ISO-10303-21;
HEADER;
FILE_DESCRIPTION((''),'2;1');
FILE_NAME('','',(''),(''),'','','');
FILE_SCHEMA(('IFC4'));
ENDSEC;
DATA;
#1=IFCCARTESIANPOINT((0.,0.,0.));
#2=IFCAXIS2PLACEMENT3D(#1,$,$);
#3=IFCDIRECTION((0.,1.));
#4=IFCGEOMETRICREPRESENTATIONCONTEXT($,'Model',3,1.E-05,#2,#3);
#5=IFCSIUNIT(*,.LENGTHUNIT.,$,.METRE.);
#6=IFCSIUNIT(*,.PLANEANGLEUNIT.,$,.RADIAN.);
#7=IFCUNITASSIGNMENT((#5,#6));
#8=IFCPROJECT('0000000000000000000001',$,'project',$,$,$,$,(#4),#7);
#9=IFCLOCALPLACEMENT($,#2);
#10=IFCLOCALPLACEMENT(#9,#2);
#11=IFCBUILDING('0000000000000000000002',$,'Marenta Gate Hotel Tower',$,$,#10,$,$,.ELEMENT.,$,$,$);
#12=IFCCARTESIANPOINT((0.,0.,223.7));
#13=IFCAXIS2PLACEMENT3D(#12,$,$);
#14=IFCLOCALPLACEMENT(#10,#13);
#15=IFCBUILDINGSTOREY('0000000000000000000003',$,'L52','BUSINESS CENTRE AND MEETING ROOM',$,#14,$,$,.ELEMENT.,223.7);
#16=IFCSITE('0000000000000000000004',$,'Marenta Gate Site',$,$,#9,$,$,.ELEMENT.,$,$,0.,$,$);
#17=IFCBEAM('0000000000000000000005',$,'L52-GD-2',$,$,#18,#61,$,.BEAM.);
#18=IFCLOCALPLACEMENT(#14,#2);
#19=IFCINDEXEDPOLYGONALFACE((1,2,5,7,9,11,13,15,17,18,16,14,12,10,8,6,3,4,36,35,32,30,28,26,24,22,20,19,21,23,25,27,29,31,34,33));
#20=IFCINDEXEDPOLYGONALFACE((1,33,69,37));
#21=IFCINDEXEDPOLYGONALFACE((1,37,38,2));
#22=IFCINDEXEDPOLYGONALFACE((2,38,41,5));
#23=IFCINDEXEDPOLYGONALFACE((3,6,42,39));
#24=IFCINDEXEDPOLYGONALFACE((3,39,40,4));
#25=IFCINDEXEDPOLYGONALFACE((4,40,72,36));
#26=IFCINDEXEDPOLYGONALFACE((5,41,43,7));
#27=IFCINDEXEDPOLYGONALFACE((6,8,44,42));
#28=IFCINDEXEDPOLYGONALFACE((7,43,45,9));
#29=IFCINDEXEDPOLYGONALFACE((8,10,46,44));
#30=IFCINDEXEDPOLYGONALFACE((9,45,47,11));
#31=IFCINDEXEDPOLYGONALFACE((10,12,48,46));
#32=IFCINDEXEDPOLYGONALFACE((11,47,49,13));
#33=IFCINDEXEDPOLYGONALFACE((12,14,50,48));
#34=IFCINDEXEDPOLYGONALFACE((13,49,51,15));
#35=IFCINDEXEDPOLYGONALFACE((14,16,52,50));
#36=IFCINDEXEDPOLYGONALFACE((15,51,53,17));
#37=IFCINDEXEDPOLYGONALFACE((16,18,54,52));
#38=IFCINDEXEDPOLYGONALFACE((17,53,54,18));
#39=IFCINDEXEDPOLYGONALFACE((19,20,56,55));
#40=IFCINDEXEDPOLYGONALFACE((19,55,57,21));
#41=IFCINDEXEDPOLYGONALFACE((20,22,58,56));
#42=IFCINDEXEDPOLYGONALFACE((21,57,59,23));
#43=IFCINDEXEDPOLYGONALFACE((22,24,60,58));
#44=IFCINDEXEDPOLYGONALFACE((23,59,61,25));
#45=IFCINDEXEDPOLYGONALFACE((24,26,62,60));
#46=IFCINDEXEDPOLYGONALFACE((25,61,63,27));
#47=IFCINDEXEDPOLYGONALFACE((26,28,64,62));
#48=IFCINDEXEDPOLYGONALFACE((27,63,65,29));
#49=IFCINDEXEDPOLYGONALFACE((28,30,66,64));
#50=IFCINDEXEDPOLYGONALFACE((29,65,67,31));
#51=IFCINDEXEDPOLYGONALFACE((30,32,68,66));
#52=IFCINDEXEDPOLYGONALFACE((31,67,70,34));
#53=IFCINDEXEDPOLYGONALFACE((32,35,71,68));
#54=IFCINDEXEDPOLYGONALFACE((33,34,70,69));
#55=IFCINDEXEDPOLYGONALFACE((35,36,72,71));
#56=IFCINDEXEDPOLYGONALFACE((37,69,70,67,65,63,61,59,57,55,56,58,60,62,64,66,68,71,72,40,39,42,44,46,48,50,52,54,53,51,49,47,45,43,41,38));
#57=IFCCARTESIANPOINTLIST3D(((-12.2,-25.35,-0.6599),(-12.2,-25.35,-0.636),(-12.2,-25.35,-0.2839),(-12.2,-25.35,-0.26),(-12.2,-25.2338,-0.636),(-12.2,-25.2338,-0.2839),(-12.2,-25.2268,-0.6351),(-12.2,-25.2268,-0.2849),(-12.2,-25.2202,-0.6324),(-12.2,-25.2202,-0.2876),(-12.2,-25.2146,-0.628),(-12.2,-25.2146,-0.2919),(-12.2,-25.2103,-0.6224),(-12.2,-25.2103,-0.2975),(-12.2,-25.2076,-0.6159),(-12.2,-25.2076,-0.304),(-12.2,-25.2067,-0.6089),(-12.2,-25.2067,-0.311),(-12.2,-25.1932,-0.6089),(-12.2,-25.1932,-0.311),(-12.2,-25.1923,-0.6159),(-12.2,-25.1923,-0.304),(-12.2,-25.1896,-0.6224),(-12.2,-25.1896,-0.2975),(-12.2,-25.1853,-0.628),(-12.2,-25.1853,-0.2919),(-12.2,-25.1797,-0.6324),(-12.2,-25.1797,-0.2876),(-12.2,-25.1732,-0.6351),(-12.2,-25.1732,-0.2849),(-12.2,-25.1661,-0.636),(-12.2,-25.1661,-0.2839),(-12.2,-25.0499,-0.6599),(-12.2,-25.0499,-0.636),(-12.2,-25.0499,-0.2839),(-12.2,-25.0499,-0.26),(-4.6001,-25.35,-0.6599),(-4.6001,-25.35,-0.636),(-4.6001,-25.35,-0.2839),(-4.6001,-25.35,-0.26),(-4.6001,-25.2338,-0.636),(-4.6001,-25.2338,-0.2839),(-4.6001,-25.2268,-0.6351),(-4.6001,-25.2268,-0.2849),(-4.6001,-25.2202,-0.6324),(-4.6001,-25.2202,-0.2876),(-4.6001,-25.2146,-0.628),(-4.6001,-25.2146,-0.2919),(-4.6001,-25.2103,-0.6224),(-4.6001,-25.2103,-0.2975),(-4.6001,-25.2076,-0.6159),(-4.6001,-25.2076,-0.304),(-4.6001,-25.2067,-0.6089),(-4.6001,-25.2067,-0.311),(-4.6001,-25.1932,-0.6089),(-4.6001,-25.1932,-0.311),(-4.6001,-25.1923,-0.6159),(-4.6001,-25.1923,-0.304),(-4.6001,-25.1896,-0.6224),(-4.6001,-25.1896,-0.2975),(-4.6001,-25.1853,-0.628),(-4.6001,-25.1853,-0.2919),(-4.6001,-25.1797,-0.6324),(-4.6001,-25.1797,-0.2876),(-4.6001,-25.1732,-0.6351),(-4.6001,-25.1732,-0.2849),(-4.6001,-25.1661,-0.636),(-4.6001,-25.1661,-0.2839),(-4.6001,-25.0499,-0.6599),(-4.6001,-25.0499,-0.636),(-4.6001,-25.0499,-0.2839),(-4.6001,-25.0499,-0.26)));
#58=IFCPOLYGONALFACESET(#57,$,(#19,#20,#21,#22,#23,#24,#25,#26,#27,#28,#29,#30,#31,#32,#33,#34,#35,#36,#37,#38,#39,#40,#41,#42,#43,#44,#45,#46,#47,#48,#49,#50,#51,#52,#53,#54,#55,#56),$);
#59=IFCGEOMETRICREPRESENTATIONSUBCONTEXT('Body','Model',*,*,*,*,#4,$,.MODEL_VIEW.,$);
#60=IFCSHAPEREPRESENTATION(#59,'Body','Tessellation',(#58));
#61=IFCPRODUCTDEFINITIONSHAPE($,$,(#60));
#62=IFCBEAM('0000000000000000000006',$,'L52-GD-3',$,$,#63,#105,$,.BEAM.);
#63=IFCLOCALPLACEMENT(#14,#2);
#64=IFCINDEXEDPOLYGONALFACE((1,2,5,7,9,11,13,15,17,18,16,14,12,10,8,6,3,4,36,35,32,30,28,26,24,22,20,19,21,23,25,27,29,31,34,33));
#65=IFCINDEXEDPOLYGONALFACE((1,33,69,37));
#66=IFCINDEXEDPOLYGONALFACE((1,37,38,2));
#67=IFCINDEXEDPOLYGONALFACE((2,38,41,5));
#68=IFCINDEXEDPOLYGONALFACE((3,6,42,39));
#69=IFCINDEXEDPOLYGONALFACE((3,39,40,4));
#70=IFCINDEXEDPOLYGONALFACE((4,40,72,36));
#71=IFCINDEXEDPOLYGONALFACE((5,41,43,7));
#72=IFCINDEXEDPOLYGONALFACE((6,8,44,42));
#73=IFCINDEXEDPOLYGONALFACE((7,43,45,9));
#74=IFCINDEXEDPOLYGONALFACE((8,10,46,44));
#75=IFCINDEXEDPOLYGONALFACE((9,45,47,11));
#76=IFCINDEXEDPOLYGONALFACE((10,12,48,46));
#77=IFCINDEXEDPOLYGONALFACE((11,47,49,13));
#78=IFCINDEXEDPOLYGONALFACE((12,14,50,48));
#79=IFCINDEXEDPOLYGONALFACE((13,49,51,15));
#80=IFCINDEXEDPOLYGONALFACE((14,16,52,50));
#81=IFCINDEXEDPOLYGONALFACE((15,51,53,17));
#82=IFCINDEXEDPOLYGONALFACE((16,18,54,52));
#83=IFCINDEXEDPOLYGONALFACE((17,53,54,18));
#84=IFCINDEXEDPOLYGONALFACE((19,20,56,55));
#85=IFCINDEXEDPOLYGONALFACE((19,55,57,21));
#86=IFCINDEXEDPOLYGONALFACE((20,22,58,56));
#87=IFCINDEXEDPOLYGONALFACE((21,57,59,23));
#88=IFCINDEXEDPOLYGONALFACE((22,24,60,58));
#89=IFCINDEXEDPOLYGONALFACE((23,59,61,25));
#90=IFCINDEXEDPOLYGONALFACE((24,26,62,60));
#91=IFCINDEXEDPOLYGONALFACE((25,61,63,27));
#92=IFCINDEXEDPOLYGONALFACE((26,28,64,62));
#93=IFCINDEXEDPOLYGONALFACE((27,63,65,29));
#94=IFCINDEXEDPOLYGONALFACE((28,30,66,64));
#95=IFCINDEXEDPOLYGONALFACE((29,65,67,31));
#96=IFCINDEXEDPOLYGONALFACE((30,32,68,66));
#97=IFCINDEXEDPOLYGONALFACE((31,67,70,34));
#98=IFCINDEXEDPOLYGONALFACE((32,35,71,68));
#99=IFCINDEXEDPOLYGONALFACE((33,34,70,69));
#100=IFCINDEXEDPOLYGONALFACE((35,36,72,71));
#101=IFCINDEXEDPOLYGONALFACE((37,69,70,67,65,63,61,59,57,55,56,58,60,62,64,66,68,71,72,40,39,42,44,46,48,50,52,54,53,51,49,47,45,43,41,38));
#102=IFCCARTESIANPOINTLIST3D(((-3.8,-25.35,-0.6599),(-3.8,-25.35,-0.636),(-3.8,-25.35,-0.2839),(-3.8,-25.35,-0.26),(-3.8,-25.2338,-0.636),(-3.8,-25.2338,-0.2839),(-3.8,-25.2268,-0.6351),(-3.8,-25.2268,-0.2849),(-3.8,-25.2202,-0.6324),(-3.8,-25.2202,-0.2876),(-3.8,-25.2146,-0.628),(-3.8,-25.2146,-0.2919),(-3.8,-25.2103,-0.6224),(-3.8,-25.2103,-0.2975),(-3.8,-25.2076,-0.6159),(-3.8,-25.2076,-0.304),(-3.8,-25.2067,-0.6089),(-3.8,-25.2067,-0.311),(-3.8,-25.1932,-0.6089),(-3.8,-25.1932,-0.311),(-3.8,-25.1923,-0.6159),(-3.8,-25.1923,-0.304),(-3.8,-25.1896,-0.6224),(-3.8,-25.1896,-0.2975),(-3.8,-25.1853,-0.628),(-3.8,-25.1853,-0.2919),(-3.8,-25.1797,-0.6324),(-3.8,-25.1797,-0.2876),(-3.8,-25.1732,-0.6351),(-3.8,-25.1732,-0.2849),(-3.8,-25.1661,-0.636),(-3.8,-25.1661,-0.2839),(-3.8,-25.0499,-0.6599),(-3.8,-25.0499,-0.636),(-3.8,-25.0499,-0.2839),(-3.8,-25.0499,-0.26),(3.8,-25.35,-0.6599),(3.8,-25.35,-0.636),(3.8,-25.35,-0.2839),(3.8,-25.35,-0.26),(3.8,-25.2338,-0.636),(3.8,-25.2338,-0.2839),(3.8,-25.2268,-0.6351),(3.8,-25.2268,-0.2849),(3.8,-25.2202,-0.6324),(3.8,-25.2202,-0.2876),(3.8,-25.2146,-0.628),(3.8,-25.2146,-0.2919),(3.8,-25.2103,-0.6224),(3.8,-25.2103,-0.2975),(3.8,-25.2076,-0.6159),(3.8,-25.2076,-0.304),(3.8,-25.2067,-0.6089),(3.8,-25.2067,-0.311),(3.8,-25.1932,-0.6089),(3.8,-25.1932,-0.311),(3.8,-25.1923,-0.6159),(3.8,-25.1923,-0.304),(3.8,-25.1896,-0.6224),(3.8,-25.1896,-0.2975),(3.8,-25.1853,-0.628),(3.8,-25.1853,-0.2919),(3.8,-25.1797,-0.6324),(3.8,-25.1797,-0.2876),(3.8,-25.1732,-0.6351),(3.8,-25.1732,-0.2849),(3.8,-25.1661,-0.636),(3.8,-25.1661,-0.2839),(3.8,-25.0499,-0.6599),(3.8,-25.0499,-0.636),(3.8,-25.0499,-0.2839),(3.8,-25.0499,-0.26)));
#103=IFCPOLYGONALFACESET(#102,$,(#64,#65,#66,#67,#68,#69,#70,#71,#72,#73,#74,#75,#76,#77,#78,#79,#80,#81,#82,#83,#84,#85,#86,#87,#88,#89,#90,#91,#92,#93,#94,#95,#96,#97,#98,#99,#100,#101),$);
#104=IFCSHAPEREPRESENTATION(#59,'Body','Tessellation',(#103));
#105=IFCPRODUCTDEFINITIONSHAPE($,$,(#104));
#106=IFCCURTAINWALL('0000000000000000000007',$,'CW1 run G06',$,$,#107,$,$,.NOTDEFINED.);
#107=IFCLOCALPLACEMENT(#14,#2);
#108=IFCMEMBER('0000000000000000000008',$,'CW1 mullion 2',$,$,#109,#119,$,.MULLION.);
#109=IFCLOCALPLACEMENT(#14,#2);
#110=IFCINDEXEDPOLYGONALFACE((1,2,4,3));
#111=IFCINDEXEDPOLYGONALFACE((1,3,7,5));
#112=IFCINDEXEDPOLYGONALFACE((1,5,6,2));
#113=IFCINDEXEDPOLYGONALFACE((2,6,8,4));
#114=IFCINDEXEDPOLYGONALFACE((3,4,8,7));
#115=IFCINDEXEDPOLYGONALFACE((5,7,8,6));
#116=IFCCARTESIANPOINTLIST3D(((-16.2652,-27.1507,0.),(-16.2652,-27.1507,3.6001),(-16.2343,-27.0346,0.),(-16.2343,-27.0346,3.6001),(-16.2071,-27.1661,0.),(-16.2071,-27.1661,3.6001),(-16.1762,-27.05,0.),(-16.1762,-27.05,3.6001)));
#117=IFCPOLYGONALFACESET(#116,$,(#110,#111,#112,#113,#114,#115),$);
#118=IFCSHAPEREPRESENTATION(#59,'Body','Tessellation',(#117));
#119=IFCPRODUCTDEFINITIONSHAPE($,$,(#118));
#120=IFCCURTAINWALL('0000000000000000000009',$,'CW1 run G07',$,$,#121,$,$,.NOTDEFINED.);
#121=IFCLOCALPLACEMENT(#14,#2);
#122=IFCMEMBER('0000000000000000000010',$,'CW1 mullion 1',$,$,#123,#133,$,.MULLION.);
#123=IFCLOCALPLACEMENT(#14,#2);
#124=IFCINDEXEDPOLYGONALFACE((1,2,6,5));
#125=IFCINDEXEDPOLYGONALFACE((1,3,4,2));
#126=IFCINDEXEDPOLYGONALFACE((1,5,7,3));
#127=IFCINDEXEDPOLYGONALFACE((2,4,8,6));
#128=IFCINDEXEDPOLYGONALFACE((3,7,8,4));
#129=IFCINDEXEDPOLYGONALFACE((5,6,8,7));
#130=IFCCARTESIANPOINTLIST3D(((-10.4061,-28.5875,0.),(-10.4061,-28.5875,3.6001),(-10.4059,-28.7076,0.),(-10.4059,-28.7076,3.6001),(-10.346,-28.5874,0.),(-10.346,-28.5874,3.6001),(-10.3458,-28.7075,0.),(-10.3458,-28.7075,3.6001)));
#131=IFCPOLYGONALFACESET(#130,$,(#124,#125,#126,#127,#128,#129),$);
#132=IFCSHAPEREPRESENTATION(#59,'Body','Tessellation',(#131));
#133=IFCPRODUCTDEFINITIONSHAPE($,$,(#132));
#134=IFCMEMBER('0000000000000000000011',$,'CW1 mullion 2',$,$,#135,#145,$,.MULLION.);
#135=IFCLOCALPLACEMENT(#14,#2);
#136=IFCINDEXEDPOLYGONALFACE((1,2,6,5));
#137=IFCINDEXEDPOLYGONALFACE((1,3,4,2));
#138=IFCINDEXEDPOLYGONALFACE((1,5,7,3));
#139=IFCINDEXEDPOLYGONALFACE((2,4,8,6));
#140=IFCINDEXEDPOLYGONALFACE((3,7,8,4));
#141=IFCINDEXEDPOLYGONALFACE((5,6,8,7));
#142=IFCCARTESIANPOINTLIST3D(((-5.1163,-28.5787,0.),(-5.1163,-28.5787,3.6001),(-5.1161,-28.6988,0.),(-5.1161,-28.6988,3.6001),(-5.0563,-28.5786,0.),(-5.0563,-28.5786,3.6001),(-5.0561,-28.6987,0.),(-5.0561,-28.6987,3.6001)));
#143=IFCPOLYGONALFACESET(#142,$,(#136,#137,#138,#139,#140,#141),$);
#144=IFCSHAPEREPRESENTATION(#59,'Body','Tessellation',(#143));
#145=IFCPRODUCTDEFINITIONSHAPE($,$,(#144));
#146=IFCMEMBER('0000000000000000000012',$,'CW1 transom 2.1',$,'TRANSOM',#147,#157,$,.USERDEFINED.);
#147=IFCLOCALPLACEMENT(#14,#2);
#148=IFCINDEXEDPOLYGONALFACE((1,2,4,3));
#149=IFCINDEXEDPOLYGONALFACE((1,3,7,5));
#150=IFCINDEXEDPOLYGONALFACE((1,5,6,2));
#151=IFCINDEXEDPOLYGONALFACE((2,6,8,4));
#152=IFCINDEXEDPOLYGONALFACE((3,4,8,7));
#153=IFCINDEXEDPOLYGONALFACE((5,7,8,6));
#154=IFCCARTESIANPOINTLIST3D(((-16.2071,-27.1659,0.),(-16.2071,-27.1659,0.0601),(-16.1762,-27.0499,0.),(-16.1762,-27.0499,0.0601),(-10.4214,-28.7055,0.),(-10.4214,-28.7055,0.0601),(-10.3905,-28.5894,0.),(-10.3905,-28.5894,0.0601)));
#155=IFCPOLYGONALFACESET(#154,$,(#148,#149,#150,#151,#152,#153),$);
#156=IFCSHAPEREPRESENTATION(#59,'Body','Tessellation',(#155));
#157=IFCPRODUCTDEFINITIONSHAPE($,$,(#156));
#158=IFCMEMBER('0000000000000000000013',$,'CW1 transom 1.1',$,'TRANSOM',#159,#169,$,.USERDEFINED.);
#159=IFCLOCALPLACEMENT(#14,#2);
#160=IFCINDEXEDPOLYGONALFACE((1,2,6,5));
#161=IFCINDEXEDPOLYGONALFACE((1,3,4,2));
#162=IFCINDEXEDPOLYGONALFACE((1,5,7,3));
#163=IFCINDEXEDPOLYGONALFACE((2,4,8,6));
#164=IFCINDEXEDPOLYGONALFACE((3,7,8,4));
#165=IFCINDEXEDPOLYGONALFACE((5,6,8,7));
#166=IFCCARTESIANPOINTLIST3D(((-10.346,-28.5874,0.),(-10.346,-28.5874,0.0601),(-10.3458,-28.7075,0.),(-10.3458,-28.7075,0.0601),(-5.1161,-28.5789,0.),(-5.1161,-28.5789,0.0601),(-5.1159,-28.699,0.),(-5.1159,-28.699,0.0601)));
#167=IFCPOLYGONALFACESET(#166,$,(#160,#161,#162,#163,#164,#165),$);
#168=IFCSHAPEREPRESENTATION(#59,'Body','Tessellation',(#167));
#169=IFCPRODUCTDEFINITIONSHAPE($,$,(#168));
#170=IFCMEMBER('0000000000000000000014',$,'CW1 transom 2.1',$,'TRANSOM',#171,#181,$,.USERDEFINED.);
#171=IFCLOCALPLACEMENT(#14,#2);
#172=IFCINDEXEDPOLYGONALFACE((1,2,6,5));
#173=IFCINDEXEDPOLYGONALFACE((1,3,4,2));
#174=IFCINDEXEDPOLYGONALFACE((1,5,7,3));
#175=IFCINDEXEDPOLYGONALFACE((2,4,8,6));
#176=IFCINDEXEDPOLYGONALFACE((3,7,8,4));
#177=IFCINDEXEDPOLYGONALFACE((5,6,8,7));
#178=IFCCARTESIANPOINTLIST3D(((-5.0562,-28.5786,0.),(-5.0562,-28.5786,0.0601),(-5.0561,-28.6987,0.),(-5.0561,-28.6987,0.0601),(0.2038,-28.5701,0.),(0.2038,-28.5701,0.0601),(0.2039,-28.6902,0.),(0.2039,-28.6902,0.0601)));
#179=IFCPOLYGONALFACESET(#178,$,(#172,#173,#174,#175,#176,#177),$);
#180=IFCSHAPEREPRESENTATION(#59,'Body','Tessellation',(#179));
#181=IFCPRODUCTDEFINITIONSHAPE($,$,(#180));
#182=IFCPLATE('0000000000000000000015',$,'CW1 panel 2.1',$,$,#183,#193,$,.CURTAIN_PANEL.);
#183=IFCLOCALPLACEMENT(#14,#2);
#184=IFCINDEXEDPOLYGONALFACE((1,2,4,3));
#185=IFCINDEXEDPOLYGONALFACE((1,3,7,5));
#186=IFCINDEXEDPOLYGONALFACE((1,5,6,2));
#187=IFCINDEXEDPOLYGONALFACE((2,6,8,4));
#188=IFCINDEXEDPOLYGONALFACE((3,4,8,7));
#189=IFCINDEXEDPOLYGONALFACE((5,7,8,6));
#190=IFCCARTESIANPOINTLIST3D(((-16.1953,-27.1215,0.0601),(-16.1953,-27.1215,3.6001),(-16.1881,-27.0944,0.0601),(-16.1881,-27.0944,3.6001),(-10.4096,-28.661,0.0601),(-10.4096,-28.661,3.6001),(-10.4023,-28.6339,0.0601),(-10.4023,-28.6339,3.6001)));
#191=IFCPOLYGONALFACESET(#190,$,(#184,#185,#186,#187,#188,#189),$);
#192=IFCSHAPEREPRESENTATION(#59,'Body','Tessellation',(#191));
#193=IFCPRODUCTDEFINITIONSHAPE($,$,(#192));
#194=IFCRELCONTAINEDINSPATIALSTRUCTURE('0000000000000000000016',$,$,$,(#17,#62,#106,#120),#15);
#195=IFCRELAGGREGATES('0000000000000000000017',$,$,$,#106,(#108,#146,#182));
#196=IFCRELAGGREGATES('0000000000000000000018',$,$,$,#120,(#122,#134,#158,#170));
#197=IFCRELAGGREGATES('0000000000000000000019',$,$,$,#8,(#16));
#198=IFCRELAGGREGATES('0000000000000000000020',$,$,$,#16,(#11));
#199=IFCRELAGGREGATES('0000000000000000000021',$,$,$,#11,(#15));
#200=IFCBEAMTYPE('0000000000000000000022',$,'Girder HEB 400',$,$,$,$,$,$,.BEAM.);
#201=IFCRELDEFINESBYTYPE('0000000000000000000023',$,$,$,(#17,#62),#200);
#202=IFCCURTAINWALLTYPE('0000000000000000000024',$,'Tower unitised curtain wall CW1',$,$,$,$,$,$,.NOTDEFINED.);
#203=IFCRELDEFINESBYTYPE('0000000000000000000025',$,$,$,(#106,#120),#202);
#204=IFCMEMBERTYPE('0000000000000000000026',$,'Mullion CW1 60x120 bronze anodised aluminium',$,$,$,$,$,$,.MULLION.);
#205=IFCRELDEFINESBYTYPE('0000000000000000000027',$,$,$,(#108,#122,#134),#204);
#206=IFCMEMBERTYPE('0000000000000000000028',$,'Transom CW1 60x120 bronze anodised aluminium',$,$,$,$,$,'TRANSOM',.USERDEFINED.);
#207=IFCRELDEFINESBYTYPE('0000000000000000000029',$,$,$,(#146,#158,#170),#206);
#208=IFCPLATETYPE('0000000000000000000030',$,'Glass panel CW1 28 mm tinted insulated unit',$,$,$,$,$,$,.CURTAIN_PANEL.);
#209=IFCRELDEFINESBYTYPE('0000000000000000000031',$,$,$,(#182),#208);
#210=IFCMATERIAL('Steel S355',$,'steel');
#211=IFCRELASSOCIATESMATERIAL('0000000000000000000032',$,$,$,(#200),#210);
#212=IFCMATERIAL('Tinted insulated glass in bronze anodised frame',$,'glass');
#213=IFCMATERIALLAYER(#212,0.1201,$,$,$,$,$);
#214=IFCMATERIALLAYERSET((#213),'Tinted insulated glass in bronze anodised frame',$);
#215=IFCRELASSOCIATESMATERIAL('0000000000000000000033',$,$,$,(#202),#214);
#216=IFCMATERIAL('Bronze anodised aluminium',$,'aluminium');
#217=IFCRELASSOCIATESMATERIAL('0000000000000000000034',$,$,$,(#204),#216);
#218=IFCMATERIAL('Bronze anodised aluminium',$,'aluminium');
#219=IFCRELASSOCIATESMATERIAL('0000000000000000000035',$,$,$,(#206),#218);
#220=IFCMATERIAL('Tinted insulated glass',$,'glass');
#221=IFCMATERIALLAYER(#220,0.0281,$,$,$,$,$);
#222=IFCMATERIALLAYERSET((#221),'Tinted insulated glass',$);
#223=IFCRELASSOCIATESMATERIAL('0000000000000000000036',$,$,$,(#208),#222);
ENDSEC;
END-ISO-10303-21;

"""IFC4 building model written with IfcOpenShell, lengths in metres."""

from ifc_helpers import new_model, si_unit, direction, frame, origin, origin_2d, place, context, subcontext, project, spatial, rectangle, i_section, extrude, material, layer, layer_set, material_profile, profile_set, type_object, element, aggregate, save


model = new_model("IFC4")

# Units and contexts
model_context = context("Model", 3, precision=1e-05, world=origin(), true_north=direction((0.0, 1.0)))
body_context = subcontext(model_context, "Body", "Model", "MODEL_VIEW")
ifc_project = project(units=[si_unit("LENGTHUNIT", "METRE"), si_unit("PLANEANGLEUNIT", "RADIAN")], contexts=[model_context])

# Site, building, storey
site_placement = place(None, origin())
site = spatial("IfcSite", under=ifc_project, at=site_placement, Name="Marenta Gate Site", CompositionType="ELEMENT", RefElevation=0.0)
building_placement = place(site_placement, origin())
building = spatial("IfcBuilding", under=site, at=building_placement, Name="Marenta Gate Hotel Tower", CompositionType="ELEMENT")
storey_placement = place(building_placement, frame((0.0, 0.0, 223.7)))
storey = spatial("IfcBuildingStorey", under=building, at=storey_placement, Name="L52", Description="BUSINESS CENTRE AND MEETING ROOM", CompositionType="ELEMENT", Elevation=223.7)

# Beams
ifc_material_1 = material(Name="Steel S355", Category="steel")
ifc_material_profile_1 = material_profile(ifc_material_1, i_section(OverallWidth=0.3, OverallDepth=0.3999, WebThickness=0.0134, FlangeThickness=0.0239, FilletRadius=0.0271, at=origin_2d()), Name="HEB 400")
ifc_profile_set_1 = profile_set([ifc_material_profile_1], Name="Steel S355")
beam_type_1 = type_object("IfcBeamType", Name="Girder HEB 400", PredefinedType="BEAM", material=ifc_profile_set_1)
beam_1_placement = place(storey_placement, frame((-12.2, -25.2, -0.46), z_axis=(1.0, 0.0, 0.0), x_axis=(0.0, 1.0, 0.0)))
element("IfcBeam", 1, at=beam_1_placement, inside=storey, type_object=beam_type_1, Name="L52-GD-2", PredefinedType="BEAM", context=body_context, shape_type="SweptSolid", body=[
    extrude(i_section(OverallWidth=0.3, OverallDepth=0.3999, WebThickness=0.0134, FlangeThickness=0.0239, FilletRadius=0.0271, at=origin_2d()), origin(), (0.0, 0.0, 1.0), 7.5999),
])
beam_2_placement = place(storey_placement, frame((-3.8, -25.2, -0.46), z_axis=(1.0, 0.0, 0.0), x_axis=(0.0, 1.0, 0.0)))
element("IfcBeam", 2, at=beam_2_placement, inside=storey, type_object=beam_type_1, Name="L52-GD-3", PredefinedType="BEAM", context=body_context, shape_type="SweptSolid", body=[
    extrude(i_section(OverallWidth=0.3, OverallDepth=0.3999, WebThickness=0.0134, FlangeThickness=0.0239, FilletRadius=0.0271, at=origin_2d()), origin(), (0.0, 0.0, 1.0), 7.6001),
])

# Curtain wall, member
ifc_material_2 = material(Name="Tinted insulated glass in bronze anodised frame", Category="glass")
ifc_layer_1 = layer(ifc_material_2, 0.1201)
ifc_layer_set_1 = layer_set([ifc_layer_1], Name="Tinted insulated glass in bronze anodised frame")
curtain_wall_type = type_object("IfcCurtainWallType", Name="Tower unitised curtain wall CW1", PredefinedType="NOTDEFINED", material=ifc_layer_set_1)
curtain_wall_1_placement = place(storey_placement, origin())
curtain_wall_1 = element("IfcCurtainWall", 3, at=curtain_wall_1_placement, inside=storey, type_object=curtain_wall_type, Name="CW1 run G06", PredefinedType="NOTDEFINED")
ifc_material_3 = material(Name="Bronze anodised aluminium", Category="aluminium")
ifc_material_profile_2 = material_profile(ifc_material_3, rectangle(XDim=0.1201, YDim=0.0601, at=origin_2d()), Name="Mullion CW1 60x120 bronze anodised aluminium")
ifc_profile_set_2 = profile_set([ifc_material_profile_2], Name="Bronze anodised aluminium")
member_type_1 = type_object("IfcMemberType", Name="Mullion CW1 60x120 bronze anodised aluminium", PredefinedType="MULLION", material=ifc_profile_set_2)
member_1_placement = place(storey_placement, frame((-16.2207, -27.1003, 0.0), z_axis=(0.0, 0.0, 1.0), x_axis=(0.257139, 0.966374, 0.0)))
member_1 = element("IfcMember", 4, at=member_1_placement, type_object=member_type_1, Name="CW1 mullion 2", PredefinedType="MULLION", context=body_context, shape_type="SweptSolid", body=[
    extrude(rectangle(XDim=0.1201, YDim=0.0601, at=origin_2d()), origin(), (0.0, 0.0, 1.0), 3.6001),
])

# Curtain wall, members
curtain_wall_2_placement = place(storey_placement, origin())
curtain_wall_2 = element("IfcCurtainWall", 5, at=curtain_wall_2_placement, inside=storey, type_object=curtain_wall_type, Name="CW1 run G07", PredefinedType="NOTDEFINED")
member_2_placement = place(storey_placement, frame((-10.376, -28.6475, 0.0), z_axis=(0.0, 0.0, 1.0), x_axis=(-0.001645, 0.999999, 0.0)))
member_2 = element("IfcMember", 6, at=member_2_placement, type_object=member_type_1, Name="CW1 mullion 1", PredefinedType="MULLION", context=body_context, shape_type="SweptSolid", body=[
    extrude(rectangle(XDim=0.1201, YDim=0.0601, at=origin_2d()), origin(), (0.0, 0.0, 1.0), 3.6001),
])
member_3_placement = place(storey_placement, frame((-5.0862, -28.6387, 0.0), z_axis=(0.0, 0.0, 1.0), x_axis=(-0.001645, 0.999999, 0.0)))
member_3 = element("IfcMember", 7, at=member_3_placement, type_object=member_type_1, Name="CW1 mullion 2", PredefinedType="MULLION", context=body_context, shape_type="SweptSolid", body=[
    extrude(rectangle(XDim=0.1201, YDim=0.0601, at=origin_2d()), origin(), (0.0, 0.0, 1.0), 3.6001),
])

# Members
ifc_material_4 = material(Name="Bronze anodised aluminium", Category="aluminium")
ifc_material_profile_3 = material_profile(ifc_material_4, rectangle(XDim=0.1201, YDim=0.0601, at=origin_2d()), Name="Transom CW1 60x120 bronze anodised aluminium")
ifc_profile_set_3 = profile_set([ifc_material_profile_3], Name="Bronze anodised aluminium")
member_type_2 = type_object("IfcMemberType", Name="Transom CW1 60x120 bronze anodised aluminium", ElementType="TRANSOM", PredefinedType="USERDEFINED", material=ifc_profile_set_3)
member_4_placement = place(storey_placement, frame((-16.1917, -27.1079, 0.03), z_axis=(0.966372, -0.25715, 0.0), x_axis=(0.25715, 0.966372, 0.0)))
member_4 = element("IfcMember", 8, at=member_4_placement, type_object=member_type_2, Name="CW1 transom 2.1", ObjectType="TRANSOM", PredefinedType="USERDEFINED", context=body_context, shape_type="SweptSolid", body=[
    extrude(rectangle(XDim=0.1201, YDim=0.0601, at=origin_2d()), origin(), (0.0, 0.0, 1.0), 5.9871),
])
member_5_placement = place(storey_placement, frame((-10.3459, -28.6475, 0.03), z_axis=(0.999999, 0.001634, 0.0), x_axis=(-0.001634, 0.999999, 0.0)))
member_5 = element("IfcMember", 9, at=member_5_placement, type_object=member_type_2, Name="CW1 transom 1.1", ObjectType="TRANSOM", PredefinedType="USERDEFINED", context=body_context, shape_type="SweptSolid", body=[
    extrude(rectangle(XDim=0.1201, YDim=0.0601, at=origin_2d()), origin(), (0.0, 0.0, 1.0), 5.23),
])
member_6_placement = place(storey_placement, frame((-5.0562, -28.6387, 0.03), z_axis=(0.999999, 0.001625, 0.0), x_axis=(-0.001625, 0.999999, 0.0)))
member_6 = element("IfcMember", 10, at=member_6_placement, type_object=member_type_2, Name="CW1 transom 2.1", ObjectType="TRANSOM", PredefinedType="USERDEFINED", context=body_context, shape_type="SweptSolid", body=[
    extrude(rectangle(XDim=0.1201, YDim=0.0601, at=origin_2d()), origin(), (0.0, 0.0, 1.0), 5.26),
])

# Plate
ifc_material_5 = material(Name="Tinted insulated glass", Category="glass")
ifc_layer_2 = layer(ifc_material_5, 0.0281)
ifc_layer_set_2 = layer_set([ifc_layer_2], Name="Tinted insulated glass")
plate_type = type_object("IfcPlateType", Name="Glass panel CW1 28 mm tinted insulated unit", PredefinedType="CURTAIN_PANEL", material=ifc_layer_set_2)
plate_1_placement = place(storey_placement, frame((-13.2988, -27.8777, 0.0601), z_axis=(0.0, 0.0, 1.0), x_axis=(0.966374, -0.257139, 0.0)))
plate_1 = element("IfcPlate", 11, at=plate_1_placement, type_object=plate_type, Name="CW1 panel 2.1", PredefinedType="CURTAIN_PANEL", context=body_context, shape_type="SweptSolid", body=[
    extrude(rectangle(XDim=5.9871, YDim=0.0281, at=origin_2d()), origin(), (0.0, 0.0, 1.0), 3.54),
])
aggregate(curtain_wall_1, [member_1, member_4, plate_1])
aggregate(curtain_wall_2, [member_2, member_3, member_5, member_6])

save(model, "model.ifc")
